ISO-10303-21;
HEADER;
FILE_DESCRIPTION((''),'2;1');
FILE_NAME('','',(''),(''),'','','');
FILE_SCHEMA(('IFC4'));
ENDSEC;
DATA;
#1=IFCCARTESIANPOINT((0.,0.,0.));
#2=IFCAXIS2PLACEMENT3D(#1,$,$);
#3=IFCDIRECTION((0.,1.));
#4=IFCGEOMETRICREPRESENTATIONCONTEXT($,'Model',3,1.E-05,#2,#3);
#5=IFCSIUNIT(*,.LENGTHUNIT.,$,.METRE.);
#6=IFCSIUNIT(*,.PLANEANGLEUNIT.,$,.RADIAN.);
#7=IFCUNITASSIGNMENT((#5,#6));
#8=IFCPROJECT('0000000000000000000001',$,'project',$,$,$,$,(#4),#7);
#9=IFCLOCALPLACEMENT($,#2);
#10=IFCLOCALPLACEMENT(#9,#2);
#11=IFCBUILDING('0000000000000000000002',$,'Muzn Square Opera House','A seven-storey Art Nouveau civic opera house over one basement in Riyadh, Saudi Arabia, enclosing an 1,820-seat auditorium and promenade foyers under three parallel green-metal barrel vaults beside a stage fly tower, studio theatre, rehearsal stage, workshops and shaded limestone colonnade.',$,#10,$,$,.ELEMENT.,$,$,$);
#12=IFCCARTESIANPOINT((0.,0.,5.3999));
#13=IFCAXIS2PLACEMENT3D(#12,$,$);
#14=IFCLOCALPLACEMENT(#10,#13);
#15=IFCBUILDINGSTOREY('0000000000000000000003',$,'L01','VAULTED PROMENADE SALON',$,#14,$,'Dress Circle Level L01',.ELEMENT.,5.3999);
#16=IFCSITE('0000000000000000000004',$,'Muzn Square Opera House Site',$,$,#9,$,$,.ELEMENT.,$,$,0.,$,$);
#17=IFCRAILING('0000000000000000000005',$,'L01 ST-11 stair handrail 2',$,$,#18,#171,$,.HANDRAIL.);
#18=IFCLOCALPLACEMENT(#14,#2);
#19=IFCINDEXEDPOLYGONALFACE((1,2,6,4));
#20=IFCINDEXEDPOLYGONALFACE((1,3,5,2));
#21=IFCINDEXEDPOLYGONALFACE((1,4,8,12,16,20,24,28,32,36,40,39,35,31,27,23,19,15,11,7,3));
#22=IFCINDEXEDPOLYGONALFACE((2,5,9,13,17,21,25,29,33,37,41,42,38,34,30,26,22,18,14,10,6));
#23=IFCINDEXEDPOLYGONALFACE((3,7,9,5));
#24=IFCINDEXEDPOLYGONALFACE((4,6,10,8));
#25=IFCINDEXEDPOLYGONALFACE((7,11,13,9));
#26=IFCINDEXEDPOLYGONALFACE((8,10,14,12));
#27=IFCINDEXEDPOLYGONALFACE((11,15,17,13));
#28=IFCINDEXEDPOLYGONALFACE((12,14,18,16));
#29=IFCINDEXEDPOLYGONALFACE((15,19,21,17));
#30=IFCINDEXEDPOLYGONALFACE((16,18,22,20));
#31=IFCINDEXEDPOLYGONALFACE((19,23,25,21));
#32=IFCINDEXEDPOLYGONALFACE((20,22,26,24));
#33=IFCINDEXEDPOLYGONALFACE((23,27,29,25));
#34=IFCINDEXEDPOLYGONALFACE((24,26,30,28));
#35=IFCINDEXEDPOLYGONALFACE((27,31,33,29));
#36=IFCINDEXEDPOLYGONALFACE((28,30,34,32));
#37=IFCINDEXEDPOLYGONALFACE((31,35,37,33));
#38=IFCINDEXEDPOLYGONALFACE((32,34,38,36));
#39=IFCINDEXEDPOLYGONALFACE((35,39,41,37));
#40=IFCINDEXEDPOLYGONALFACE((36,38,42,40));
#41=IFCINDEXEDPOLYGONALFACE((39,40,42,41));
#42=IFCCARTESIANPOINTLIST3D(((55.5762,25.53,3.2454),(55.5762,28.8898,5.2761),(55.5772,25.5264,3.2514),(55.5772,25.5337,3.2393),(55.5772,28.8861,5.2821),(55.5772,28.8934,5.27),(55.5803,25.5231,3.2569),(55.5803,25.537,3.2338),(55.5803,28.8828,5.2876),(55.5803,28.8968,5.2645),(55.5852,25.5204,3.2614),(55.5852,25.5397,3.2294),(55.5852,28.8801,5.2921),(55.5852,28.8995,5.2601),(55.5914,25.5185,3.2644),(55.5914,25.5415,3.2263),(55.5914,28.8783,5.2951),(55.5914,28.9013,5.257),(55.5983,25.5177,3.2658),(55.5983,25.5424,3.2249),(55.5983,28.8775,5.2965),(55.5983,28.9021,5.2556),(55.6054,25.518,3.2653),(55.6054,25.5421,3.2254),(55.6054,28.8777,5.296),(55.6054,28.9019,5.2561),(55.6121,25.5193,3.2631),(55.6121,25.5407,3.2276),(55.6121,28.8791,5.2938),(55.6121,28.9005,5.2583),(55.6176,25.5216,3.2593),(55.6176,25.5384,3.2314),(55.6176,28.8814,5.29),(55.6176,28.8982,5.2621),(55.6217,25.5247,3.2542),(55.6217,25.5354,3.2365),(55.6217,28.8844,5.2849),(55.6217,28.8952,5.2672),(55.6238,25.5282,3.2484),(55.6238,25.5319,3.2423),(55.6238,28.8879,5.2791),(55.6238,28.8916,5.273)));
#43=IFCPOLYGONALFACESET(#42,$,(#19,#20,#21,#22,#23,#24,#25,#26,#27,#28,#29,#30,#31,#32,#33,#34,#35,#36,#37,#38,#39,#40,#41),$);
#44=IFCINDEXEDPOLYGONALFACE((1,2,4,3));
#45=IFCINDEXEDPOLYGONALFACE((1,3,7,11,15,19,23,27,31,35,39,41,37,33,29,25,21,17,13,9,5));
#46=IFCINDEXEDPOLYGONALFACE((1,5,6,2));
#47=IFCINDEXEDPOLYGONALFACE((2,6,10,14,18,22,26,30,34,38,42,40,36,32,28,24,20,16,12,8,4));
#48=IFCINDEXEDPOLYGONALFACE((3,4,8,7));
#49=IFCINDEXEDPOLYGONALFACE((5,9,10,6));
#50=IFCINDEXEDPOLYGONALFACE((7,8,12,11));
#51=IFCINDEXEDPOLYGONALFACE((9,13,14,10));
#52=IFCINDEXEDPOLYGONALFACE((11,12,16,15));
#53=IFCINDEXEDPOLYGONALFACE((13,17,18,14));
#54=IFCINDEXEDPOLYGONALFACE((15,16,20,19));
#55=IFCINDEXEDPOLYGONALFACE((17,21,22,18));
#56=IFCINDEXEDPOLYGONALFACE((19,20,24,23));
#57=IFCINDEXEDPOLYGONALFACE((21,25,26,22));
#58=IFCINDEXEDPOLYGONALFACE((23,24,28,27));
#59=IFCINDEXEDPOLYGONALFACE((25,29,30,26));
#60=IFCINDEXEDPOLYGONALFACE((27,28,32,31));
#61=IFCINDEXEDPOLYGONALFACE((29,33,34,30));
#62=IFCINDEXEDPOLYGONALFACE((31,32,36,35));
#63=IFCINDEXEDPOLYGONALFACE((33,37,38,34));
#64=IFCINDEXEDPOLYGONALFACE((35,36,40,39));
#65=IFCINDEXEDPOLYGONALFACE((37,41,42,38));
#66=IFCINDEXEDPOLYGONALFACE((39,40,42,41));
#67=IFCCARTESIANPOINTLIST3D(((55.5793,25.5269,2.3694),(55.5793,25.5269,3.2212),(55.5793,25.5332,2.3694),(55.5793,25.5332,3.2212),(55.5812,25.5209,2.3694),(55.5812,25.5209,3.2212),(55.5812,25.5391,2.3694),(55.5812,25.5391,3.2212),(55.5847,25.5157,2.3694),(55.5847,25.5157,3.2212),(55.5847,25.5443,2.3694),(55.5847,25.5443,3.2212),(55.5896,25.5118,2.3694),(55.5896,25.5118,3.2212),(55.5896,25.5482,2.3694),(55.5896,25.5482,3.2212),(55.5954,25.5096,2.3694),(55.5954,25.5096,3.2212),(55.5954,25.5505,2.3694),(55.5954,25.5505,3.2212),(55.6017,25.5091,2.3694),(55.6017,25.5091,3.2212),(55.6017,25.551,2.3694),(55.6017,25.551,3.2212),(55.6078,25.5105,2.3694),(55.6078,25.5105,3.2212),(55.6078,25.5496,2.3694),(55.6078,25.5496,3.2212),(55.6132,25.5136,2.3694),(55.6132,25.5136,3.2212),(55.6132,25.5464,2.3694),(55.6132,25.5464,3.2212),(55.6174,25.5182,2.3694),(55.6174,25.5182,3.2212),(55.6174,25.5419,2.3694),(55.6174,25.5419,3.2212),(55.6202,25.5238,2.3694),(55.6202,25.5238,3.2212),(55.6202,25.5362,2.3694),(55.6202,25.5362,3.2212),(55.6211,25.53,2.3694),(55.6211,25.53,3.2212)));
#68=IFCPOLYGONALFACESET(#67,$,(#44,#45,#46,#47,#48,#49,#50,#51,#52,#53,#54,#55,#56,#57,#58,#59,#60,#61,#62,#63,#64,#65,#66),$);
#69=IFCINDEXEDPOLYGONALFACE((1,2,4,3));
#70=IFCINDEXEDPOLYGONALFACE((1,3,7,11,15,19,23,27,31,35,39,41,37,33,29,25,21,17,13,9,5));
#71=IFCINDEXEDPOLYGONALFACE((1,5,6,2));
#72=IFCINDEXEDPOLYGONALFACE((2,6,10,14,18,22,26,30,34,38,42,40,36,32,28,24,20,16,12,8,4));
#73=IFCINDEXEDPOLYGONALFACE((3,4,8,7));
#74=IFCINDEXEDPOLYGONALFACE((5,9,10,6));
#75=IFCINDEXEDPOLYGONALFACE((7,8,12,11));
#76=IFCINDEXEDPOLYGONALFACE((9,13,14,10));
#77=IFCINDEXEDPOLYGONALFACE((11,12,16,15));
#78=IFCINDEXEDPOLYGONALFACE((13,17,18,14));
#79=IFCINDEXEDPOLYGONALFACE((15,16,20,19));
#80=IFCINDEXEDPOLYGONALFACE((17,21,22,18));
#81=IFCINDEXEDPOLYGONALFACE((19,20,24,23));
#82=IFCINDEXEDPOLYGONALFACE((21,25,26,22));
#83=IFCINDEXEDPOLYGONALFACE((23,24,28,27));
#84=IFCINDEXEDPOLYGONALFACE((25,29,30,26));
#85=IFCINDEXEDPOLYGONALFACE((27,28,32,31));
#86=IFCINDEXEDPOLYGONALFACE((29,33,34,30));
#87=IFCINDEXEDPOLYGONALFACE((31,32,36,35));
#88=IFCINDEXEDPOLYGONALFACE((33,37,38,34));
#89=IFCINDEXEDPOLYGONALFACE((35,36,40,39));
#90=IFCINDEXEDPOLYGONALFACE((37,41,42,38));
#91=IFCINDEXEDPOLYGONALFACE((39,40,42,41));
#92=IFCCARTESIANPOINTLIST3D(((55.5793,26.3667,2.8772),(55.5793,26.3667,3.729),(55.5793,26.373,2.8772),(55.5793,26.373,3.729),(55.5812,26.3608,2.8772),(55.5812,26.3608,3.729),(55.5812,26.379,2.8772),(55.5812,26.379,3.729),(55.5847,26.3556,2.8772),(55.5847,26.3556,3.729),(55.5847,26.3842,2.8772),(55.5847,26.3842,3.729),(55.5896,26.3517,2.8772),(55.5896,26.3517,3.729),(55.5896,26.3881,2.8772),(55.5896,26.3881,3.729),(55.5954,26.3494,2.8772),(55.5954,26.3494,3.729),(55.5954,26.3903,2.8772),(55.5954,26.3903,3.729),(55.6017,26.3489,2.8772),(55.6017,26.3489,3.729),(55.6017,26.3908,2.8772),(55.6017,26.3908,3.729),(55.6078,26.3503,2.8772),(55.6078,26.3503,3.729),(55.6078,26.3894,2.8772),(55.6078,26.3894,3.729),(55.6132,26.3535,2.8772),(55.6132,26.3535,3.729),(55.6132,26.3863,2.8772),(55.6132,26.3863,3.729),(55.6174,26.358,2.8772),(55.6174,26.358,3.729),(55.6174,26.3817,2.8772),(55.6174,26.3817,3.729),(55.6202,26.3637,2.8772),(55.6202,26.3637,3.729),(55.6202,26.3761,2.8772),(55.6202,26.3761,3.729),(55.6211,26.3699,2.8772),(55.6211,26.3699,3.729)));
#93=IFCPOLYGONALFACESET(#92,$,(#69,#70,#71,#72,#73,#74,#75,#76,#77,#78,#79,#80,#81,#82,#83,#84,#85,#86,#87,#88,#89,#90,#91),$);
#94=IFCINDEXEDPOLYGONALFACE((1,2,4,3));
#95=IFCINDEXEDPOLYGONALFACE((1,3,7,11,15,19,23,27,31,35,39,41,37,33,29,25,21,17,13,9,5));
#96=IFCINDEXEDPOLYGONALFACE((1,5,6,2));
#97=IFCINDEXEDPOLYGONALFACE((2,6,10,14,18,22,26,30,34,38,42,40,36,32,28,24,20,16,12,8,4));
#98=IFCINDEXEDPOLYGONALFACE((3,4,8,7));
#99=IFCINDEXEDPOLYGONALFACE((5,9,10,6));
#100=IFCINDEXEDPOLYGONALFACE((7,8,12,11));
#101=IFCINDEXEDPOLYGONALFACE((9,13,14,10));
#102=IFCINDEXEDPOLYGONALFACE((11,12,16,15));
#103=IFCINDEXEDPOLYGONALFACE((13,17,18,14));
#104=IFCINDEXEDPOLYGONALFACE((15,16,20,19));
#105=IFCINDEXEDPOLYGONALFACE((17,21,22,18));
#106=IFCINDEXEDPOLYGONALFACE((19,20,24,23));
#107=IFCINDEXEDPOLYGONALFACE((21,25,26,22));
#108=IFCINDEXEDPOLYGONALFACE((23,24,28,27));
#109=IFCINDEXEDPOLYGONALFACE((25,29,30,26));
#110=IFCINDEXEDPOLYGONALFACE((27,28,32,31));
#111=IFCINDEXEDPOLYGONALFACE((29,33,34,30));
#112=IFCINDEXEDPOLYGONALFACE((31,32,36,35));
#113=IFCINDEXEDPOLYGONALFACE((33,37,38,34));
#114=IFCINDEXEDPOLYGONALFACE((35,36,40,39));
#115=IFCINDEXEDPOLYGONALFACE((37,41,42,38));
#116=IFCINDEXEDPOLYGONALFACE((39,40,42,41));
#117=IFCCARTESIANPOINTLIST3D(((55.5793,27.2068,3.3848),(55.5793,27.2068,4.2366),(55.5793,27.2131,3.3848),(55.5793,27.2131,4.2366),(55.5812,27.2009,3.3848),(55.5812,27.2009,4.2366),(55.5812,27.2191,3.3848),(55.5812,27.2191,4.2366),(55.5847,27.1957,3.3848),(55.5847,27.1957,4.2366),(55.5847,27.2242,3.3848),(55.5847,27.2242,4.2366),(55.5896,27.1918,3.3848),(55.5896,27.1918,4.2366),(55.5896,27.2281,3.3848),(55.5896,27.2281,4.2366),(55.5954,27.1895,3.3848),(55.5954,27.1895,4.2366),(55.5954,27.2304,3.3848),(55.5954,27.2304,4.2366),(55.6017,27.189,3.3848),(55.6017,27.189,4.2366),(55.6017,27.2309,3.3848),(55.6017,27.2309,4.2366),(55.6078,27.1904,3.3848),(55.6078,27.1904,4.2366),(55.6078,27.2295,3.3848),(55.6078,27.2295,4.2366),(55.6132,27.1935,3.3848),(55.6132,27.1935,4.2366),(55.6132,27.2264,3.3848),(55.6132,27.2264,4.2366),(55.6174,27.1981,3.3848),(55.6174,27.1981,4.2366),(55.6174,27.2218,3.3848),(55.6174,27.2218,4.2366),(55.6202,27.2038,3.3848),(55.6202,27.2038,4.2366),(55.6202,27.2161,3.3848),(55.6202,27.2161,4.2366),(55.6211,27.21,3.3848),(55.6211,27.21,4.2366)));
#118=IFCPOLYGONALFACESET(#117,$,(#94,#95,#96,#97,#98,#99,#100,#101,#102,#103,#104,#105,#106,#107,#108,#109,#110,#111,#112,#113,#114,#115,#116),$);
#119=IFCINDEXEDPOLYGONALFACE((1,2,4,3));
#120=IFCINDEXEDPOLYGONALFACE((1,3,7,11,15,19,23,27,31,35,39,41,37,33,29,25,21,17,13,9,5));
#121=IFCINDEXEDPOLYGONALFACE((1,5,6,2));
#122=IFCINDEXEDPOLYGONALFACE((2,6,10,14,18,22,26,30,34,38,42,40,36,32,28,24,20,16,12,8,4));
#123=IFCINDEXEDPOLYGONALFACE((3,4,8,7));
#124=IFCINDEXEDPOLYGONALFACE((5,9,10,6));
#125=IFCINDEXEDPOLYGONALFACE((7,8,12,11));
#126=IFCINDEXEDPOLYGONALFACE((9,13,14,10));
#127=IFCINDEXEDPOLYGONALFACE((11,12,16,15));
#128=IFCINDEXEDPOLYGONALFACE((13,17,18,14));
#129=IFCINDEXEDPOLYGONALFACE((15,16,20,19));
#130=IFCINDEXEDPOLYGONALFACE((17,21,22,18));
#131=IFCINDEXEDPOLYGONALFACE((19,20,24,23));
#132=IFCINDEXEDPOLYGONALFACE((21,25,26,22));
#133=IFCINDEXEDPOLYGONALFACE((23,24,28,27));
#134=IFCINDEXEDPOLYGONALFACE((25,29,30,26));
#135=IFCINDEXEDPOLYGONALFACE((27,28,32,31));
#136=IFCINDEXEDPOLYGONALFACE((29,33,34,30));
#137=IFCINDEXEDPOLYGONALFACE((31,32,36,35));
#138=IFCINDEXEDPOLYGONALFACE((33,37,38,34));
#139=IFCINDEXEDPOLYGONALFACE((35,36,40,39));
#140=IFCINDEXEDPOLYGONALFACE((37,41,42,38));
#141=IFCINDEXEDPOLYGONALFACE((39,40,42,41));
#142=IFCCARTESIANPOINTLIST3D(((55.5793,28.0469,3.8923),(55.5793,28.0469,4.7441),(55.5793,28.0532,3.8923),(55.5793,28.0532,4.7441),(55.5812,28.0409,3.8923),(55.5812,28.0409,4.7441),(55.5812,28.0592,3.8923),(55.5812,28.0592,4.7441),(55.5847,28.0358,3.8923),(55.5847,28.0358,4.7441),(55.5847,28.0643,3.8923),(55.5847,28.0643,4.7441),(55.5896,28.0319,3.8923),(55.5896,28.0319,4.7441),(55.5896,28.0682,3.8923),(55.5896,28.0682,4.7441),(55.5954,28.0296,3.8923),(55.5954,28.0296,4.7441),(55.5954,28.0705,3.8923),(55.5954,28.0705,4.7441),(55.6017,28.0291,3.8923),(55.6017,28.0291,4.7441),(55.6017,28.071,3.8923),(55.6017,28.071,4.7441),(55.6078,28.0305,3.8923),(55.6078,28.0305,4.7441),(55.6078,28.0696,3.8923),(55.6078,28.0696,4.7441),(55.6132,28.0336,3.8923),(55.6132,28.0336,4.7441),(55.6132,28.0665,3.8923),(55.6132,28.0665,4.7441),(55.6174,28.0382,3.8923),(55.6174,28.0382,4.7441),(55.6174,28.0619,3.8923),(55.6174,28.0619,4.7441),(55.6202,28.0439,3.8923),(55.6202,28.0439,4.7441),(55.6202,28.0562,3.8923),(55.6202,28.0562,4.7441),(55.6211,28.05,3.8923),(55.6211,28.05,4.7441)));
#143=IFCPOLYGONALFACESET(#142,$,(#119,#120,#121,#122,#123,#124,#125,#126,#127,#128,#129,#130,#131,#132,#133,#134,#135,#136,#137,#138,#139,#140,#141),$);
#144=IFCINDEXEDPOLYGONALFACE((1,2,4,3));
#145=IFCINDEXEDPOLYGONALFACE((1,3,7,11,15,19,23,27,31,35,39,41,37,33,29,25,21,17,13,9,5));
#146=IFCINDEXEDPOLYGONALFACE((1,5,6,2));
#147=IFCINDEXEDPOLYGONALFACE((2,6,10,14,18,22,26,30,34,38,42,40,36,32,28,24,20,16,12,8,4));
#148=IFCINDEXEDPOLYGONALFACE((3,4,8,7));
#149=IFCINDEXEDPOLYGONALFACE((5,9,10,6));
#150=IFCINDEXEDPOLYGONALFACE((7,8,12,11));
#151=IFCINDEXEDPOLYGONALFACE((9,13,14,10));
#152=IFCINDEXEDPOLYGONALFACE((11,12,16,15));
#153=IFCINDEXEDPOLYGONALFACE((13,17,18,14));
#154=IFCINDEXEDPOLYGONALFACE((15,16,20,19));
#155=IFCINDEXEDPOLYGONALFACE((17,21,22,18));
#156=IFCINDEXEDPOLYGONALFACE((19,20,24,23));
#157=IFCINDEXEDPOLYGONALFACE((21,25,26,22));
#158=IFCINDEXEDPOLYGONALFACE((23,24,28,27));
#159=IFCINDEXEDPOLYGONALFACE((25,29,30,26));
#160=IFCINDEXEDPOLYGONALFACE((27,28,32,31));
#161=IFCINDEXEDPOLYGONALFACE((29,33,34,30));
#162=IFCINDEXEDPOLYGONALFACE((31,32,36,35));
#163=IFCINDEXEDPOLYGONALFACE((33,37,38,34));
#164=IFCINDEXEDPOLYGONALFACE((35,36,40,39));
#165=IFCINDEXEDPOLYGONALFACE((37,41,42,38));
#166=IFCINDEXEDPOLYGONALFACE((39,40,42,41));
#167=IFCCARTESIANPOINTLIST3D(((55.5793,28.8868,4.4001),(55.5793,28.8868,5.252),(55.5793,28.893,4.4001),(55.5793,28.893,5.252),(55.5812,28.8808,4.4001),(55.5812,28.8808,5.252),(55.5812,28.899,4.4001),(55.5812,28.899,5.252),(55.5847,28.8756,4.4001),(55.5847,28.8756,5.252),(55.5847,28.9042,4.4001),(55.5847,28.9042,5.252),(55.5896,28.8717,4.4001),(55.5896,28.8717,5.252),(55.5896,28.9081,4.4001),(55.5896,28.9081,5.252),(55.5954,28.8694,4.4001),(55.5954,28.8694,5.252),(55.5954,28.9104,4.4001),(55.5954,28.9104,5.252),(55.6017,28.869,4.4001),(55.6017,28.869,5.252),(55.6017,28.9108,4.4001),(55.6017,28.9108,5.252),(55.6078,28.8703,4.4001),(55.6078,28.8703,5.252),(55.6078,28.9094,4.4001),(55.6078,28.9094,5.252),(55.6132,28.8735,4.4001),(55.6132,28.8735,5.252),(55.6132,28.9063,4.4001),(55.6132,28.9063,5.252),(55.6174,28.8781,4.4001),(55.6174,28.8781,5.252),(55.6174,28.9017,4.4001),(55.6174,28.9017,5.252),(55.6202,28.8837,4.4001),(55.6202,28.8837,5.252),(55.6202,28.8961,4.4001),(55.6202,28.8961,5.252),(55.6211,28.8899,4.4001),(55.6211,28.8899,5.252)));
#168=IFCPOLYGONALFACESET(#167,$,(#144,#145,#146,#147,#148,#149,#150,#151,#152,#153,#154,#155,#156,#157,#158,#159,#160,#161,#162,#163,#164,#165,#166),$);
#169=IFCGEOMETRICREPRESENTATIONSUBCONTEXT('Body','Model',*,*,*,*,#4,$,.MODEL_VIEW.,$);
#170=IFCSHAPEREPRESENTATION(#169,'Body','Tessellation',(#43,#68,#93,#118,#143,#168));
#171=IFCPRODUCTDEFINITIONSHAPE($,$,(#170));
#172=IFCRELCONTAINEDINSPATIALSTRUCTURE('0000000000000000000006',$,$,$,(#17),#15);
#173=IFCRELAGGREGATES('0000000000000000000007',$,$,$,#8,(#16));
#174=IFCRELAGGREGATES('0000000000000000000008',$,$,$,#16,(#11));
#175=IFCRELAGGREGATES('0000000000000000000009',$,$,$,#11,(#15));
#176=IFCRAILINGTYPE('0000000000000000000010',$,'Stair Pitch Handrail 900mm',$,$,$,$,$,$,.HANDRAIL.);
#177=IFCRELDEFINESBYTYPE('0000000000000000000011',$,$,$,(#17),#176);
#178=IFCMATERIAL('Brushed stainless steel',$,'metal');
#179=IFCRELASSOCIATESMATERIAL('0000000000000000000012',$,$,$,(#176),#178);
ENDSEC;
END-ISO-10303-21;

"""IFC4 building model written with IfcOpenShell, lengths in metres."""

from ifc_helpers import new_model, si_unit, direction, frame, origin, origin_2d, place, context, subcontext, project, spatial, circle, extrude, material, type_object, element, save


model = new_model("IFC4")

# Units and contexts
model_context = context("Model", 3, precision=1e-05, world=origin(), true_north=direction((0.0, 1.0)))
body_context = subcontext(model_context, "Body", "Model", "MODEL_VIEW")
ifc_project = project(units=[si_unit("LENGTHUNIT", "METRE"), si_unit("PLANEANGLEUNIT", "RADIAN")], contexts=[model_context])

# Site, building, storey
site_placement = place(None, origin())
site = spatial("IfcSite", under=ifc_project, at=site_placement, Name="Muzn Square Opera House Site", CompositionType="ELEMENT", RefElevation=0.0)
building_placement = place(site_placement, origin())
building = spatial("IfcBuilding", under=site, at=building_placement, Name="Muzn Square Opera House", Description="A seven-storey Art Nouveau civic opera house over one basement in Riyadh, Saudi Arabia, enclosing an 1,820-seat auditorium and promenade foyers under three parallel green-metal barrel vaults beside a stage fly tower, studio theatre, rehearsal stage, workshops and shaded limestone colonnade.", CompositionType="ELEMENT")
storey_placement = place(building_placement, frame((0.0, 0.0, 5.3999)))
storey = spatial("IfcBuildingStorey", under=building, at=storey_placement, Name="L01", Description="VAULTED PROMENADE SALON", LongName="Dress Circle Level L01", CompositionType="ELEMENT", Elevation=5.3999)

# Shared definitions
ifc_material_1 = material(Name="Brushed stainless steel", Category="metal")

# Railing
railing_type_1 = type_object("IfcRailingType", Name="Stair Pitch Handrail 900mm", PredefinedType="HANDRAIL", material=ifc_material_1)
railing_1_placement = place(storey_placement, frame((55.6001, 25.53, 2.3694)))
element("IfcRailing", 1, at=railing_1_placement, inside=storey, type_object=railing_type_1, Name="L01 ST-11 stair handrail 2", PredefinedType="HANDRAIL", context=body_context, shape_type="SweptSolid", body=[
    extrude(circle(Radius=0.0239, at=origin_2d()), frame((0.0, 0.0, 0.876), z_axis=(0.0, 0.85582, 0.517273), x_axis=(-1.0, 0.0, 0.0)), (0.0, 0.0, 1.0), 3.9258),
    extrude(circle(Radius=0.021, at=origin_2d()), origin(), (0.0, 0.0, 1.0), 0.8518),
    extrude(circle(Radius=0.021, at=origin_2d()), frame((0.0, 0.8398, 0.5078)), (0.0, 0.0, 1.0), 0.8518),
    extrude(circle(Radius=0.021, at=origin_2d()), frame((0.0, 1.6799, 1.0154)), (0.0, 0.0, 1.0), 0.8518),
    extrude(circle(Radius=0.021, at=origin_2d()), frame((0.0, 2.52, 1.5229)), (0.0, 0.0, 1.0), 0.8518),
    extrude(circle(Radius=0.021, at=origin_2d()), frame((0.0, 3.3599, 2.0308)), (0.0, 0.0, 1.0), 0.8518),
])

save(model, "model.ifc")
